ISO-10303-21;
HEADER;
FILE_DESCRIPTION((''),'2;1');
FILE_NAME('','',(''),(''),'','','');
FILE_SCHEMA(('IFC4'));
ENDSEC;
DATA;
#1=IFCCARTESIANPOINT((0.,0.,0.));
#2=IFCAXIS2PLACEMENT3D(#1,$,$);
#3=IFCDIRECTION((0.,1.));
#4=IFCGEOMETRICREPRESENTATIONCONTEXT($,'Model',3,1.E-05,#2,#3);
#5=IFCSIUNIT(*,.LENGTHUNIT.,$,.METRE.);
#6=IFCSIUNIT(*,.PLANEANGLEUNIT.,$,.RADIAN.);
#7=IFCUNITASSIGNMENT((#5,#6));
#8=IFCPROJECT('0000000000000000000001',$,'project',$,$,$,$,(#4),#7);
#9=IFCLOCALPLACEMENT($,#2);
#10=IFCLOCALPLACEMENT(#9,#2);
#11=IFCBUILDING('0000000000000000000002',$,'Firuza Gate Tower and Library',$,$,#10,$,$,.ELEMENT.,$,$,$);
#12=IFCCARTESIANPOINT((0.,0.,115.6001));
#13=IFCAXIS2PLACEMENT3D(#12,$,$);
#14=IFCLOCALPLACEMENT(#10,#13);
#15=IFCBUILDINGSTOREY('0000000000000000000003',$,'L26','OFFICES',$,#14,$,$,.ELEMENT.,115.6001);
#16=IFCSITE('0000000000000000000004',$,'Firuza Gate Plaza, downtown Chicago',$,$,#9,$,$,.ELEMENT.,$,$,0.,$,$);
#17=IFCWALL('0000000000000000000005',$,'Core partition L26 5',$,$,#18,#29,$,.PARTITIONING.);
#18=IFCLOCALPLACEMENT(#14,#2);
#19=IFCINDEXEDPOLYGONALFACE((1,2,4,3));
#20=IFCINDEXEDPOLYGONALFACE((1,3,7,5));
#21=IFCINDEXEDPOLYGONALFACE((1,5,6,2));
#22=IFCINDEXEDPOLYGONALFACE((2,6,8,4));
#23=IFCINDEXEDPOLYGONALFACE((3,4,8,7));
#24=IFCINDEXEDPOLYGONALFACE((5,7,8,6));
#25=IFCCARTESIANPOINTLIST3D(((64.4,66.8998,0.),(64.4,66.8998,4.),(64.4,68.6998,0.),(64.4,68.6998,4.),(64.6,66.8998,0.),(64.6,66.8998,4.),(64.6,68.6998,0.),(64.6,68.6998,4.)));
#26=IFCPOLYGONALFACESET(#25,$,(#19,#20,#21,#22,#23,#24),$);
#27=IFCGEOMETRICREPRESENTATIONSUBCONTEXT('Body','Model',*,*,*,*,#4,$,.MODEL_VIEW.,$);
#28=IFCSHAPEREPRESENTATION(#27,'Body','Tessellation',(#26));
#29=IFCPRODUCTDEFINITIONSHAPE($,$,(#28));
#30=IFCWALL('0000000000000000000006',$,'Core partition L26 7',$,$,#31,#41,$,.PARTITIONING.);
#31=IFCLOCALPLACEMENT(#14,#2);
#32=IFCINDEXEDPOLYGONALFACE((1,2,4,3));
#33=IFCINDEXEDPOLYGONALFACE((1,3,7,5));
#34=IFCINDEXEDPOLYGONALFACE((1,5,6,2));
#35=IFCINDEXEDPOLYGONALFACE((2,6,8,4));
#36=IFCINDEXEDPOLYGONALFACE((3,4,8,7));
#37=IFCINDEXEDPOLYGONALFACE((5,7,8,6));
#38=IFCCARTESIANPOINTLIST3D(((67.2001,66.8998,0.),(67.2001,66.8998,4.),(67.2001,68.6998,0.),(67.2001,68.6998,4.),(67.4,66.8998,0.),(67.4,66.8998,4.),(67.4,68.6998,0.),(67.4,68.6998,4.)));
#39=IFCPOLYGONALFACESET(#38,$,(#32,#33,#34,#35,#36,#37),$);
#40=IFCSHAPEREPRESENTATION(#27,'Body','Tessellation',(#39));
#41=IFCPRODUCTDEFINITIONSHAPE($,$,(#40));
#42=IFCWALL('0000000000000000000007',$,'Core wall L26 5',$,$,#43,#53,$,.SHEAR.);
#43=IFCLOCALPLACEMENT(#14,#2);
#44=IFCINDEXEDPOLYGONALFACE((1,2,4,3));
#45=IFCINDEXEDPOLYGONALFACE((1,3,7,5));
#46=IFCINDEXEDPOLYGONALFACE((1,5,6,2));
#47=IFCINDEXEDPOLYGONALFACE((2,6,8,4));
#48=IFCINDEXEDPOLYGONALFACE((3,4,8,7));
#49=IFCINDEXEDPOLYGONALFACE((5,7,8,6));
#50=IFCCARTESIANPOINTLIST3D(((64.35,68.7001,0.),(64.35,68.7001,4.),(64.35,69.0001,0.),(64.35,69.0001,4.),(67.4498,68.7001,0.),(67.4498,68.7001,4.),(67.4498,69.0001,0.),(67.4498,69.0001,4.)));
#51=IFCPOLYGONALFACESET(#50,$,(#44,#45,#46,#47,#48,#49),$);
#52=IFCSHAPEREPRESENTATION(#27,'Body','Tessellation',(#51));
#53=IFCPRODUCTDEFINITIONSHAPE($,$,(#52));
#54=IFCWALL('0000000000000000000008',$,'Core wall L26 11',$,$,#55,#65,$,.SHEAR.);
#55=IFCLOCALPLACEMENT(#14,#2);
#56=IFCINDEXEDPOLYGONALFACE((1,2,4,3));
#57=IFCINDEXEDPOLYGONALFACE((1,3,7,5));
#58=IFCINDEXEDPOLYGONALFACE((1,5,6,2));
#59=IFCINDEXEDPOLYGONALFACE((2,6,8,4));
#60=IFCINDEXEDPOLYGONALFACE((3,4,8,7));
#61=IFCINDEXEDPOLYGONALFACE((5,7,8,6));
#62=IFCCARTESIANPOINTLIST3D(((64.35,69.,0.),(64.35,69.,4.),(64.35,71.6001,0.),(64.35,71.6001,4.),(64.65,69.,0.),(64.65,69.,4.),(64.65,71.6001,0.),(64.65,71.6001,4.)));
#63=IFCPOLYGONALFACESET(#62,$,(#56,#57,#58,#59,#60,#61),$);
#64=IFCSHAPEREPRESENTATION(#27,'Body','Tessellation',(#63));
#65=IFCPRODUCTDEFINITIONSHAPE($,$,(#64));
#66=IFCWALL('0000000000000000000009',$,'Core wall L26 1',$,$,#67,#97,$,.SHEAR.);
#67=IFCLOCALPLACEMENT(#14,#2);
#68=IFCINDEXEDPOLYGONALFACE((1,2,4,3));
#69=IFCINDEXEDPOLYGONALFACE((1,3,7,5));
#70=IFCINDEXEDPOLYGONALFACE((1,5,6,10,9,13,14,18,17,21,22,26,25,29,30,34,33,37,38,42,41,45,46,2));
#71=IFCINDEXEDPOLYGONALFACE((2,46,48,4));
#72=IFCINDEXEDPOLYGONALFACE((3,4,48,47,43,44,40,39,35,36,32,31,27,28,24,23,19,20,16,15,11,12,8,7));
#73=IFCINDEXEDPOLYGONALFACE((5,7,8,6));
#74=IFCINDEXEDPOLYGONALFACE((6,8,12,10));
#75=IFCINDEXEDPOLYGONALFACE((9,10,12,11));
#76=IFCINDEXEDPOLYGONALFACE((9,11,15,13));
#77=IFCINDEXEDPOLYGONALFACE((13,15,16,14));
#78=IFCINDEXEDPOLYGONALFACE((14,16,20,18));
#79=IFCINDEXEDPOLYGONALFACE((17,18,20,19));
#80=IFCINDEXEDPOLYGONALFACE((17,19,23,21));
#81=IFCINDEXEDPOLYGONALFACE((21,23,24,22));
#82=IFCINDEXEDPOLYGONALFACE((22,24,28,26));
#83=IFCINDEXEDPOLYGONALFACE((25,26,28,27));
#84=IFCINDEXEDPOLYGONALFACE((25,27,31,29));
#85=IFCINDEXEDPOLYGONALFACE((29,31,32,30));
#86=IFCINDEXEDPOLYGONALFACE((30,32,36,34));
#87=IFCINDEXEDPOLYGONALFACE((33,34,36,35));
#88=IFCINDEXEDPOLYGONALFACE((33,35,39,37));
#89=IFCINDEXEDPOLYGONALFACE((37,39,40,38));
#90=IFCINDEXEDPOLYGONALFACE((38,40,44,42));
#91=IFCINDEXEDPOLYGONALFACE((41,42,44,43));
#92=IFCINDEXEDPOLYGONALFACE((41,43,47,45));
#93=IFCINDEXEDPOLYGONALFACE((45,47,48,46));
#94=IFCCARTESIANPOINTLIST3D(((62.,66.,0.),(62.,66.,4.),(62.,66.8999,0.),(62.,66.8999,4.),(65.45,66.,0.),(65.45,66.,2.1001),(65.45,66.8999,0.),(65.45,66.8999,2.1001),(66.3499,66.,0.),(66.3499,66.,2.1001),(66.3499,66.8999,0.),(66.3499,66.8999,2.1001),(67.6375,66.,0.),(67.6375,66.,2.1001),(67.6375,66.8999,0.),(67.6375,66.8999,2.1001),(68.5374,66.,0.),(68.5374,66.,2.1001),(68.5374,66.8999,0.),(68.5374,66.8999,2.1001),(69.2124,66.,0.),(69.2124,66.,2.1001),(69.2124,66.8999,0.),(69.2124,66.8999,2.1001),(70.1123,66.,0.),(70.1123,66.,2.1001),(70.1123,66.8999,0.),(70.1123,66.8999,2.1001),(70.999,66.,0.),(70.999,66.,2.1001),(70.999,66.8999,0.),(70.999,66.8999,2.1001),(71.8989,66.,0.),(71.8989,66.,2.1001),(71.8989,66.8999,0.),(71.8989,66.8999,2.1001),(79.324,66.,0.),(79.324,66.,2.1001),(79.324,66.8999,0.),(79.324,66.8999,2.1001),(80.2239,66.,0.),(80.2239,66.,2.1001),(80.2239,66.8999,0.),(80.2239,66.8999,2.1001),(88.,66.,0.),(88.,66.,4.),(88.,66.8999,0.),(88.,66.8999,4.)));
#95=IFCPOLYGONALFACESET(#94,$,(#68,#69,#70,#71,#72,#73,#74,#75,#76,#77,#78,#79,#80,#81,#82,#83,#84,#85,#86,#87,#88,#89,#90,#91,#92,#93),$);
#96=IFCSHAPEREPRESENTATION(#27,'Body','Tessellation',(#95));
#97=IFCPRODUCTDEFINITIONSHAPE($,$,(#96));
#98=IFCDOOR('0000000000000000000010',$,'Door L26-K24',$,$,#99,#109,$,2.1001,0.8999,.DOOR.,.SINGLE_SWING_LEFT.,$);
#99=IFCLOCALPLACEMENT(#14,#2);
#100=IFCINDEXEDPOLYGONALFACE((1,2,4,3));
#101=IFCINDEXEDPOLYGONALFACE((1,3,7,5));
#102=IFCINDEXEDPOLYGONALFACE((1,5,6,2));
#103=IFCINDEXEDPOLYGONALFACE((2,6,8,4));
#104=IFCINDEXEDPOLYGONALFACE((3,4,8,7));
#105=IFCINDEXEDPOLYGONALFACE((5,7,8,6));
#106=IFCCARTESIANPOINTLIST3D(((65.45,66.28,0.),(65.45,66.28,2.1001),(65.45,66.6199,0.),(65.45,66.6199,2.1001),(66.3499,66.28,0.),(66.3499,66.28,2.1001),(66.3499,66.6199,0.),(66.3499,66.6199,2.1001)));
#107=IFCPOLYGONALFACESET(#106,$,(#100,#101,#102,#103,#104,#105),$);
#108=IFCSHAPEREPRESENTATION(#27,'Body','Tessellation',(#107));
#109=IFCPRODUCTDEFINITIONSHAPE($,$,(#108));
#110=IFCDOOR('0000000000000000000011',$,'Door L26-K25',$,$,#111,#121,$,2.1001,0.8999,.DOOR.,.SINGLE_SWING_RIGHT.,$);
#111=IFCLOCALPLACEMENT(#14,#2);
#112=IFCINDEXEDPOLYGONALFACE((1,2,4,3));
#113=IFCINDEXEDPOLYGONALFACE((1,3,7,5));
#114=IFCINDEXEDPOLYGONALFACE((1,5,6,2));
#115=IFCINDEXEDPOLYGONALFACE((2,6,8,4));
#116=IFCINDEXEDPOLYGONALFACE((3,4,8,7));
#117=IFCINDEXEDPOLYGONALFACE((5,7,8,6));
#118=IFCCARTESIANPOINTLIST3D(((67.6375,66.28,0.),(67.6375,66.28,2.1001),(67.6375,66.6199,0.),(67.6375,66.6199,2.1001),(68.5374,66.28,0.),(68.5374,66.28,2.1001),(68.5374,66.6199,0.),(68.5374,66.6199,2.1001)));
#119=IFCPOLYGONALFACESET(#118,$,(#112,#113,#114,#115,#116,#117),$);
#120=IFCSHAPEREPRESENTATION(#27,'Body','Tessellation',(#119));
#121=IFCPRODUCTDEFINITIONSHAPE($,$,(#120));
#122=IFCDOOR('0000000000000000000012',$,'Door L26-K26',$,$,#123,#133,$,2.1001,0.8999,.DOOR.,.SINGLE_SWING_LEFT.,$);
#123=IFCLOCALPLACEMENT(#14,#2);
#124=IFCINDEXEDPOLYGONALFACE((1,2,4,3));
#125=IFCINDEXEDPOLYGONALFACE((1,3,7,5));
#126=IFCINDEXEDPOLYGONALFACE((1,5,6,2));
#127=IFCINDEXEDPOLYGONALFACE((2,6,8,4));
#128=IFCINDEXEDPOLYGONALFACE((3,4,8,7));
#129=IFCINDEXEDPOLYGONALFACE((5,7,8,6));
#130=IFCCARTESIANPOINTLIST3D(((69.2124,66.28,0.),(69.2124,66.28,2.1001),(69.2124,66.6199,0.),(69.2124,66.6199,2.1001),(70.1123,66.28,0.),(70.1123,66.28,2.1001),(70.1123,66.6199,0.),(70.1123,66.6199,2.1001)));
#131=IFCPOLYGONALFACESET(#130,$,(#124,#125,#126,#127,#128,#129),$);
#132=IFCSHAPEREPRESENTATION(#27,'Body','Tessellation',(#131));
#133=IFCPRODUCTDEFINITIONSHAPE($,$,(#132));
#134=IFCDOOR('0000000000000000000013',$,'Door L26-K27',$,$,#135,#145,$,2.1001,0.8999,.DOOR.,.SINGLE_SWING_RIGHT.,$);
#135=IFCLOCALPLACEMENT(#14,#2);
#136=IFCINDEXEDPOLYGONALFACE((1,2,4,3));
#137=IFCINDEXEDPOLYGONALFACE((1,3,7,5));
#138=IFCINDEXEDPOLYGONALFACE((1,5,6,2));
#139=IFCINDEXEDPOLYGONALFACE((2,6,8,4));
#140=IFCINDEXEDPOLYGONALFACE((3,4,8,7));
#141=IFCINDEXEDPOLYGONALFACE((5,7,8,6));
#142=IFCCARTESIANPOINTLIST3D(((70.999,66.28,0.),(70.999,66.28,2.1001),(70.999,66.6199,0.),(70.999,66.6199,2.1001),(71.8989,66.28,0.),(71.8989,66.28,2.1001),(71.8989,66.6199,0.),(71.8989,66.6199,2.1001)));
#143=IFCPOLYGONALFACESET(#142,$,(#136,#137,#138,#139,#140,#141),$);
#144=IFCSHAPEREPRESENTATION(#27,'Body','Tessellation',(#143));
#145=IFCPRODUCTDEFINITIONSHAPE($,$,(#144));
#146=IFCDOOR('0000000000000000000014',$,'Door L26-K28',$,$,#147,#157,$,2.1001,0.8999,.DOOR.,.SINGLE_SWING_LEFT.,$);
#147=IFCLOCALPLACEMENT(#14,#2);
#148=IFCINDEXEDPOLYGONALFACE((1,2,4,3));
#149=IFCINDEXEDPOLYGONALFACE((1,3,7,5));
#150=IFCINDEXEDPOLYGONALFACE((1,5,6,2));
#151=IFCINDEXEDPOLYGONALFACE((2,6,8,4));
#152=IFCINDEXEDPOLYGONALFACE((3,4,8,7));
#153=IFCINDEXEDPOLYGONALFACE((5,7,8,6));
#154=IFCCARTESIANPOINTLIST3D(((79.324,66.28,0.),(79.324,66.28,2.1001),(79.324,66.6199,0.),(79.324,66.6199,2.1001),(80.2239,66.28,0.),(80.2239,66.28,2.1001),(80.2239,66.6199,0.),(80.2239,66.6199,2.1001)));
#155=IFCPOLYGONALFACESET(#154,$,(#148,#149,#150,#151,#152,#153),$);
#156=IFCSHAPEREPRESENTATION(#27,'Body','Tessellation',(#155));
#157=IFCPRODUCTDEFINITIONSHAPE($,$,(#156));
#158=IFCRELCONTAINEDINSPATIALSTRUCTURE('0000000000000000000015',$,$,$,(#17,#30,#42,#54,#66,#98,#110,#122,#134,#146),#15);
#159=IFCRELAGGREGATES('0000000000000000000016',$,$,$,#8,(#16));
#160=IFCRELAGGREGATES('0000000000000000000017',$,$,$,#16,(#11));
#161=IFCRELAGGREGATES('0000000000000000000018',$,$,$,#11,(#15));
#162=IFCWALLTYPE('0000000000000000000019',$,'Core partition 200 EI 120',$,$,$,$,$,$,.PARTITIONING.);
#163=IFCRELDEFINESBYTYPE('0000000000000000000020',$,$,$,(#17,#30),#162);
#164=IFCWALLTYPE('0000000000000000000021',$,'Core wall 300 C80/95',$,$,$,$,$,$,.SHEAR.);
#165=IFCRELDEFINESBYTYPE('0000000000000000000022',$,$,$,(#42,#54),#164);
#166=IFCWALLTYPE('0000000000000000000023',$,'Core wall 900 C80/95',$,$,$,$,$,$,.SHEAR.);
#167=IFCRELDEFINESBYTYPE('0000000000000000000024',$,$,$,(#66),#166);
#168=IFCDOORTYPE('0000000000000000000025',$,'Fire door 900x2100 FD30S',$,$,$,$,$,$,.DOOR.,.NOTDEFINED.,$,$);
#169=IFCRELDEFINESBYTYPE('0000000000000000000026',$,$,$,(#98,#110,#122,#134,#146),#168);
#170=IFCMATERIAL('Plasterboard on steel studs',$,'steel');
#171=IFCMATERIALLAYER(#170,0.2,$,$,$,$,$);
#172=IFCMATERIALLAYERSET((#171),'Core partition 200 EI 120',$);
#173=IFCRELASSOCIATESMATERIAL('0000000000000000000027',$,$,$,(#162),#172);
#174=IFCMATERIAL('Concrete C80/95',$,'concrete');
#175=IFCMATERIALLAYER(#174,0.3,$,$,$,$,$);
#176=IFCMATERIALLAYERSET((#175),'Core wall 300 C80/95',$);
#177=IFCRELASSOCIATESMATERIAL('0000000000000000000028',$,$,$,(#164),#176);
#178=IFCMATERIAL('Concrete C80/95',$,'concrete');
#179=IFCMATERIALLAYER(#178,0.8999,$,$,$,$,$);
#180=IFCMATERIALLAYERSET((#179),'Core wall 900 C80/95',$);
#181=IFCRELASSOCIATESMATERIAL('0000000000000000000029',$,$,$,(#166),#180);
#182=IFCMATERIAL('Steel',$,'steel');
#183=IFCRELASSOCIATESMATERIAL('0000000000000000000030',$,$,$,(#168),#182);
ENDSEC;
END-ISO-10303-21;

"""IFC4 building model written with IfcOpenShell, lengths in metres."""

from ifc_helpers import new_model, si_unit, direction, frame, frame_2d, origin, place, context, subcontext, project, spatial, rectangle, extrude, material, layer, layer_set, type_object, element, fill, save


model = new_model("IFC4")

# Units and contexts
model_context = context("Model", 3, precision=1e-05, world=origin(), true_north=direction((0.0, 1.0)))
body_context = subcontext(model_context, "Body", "Model", "MODEL_VIEW")
ifc_project = project(units=[si_unit("LENGTHUNIT", "METRE"), si_unit("PLANEANGLEUNIT", "RADIAN")], contexts=[model_context])

# Site, building, storey
site_placement = place(None, origin())
site = spatial("IfcSite", under=ifc_project, at=site_placement, Name="Firuza Gate Plaza, downtown Chicago", CompositionType="ELEMENT", RefElevation=0.0)
building_placement = place(site_placement, origin())
building = spatial("IfcBuilding", under=site, at=building_placement, Name="Firuza Gate Tower and Library", CompositionType="ELEMENT")
storey_placement = place(building_placement, frame((0.0, 0.0, 115.6001)))
storey = spatial("IfcBuildingStorey", under=building, at=storey_placement, Name="L26", Description="OFFICES", CompositionType="ELEMENT", Elevation=115.6001)

# Walls
ifc_material_1 = material(Name="Plasterboard on steel studs", Category="steel")
ifc_layer_1 = layer(ifc_material_1, 0.2)
ifc_layer_set_1 = layer_set([ifc_layer_1], Name="Core partition 200 EI 120")
wall_type_1 = type_object("IfcWallType", Name="Core partition 200 EI 120", PredefinedType="PARTITIONING", material=ifc_layer_set_1)
for number, where, z_axis, x_axis, name in (
    (1, (64.5, 66.8999, 0.0), (0.0, 0.0, 1.0), (0.0, 1.0, 0.0), "Core partition L26 5"),
    (2, (67.3, 66.8999, 0.0), (0.0, 0.0, 1.0), (0.0, 1.0, 0.0), "Core partition L26 7"),
):
    element("IfcWall", number, at=place(storey_placement, frame(where, z_axis=z_axis, x_axis=x_axis)), inside=storey, type_object=wall_type_1, Name=name, PredefinedType="PARTITIONING", context=body_context, shape_type="SweptSolid", body=[
        extrude(rectangle(XDim=1.8, YDim=0.2, at=frame_2d((0.8999, 0.0))), origin(), (0.0, 0.0, 1.0), 4.0),
    ])
ifc_material_2 = material(Name="Concrete C80/95", Category="concrete")
ifc_layer_2 = layer(ifc_material_2, 0.3)
ifc_layer_set_2 = layer_set([ifc_layer_2], Name="Core wall 300 C80/95")
wall_type_2 = type_object("IfcWallType", Name="Core wall 300 C80/95", PredefinedType="SHEAR", material=ifc_layer_set_2)
wall_1_placement = place(storey_placement, frame((64.3501, 68.8501, 0.0), z_axis=(0.0, 0.0, 1.0), x_axis=(1.0, 0.0, 0.0)))
element("IfcWall", 3, at=wall_1_placement, inside=storey, type_object=wall_type_2, Name="Core wall L26 5", PredefinedType="SHEAR", context=body_context, shape_type="SweptSolid", body=[
    extrude(rectangle(XDim=3.0999, YDim=0.3, at=frame_2d((1.5498, 0.0))), origin(), (0.0, 0.0, 1.0), 4.0),
])
wall_2_placement = place(storey_placement, frame((64.5, 69.0, 0.0), z_axis=(0.0, 0.0, 1.0), x_axis=(0.0, 1.0, 0.0)))
element("IfcWall", 4, at=wall_2_placement, inside=storey, type_object=wall_type_2, Name="Core wall L26 11", PredefinedType="SHEAR", context=body_context, shape_type="SweptSolid", body=[
    extrude(rectangle(XDim=2.6001, YDim=0.3, at=frame_2d((1.3, 0.0))), origin(), (0.0, 0.0, 1.0), 4.0),
])

# Wall, openings, doors
ifc_material_3 = material(Name="Concrete C80/95", Category="concrete")
ifc_layer_3 = layer(ifc_material_3, 0.8999)
ifc_layer_set_3 = layer_set([ifc_layer_3], Name="Core wall 900 C80/95")
wall_type_3 = type_object("IfcWallType", Name="Core wall 900 C80/95", PredefinedType="SHEAR", material=ifc_layer_set_3)
wall_3_placement = place(storey_placement, frame((62.0, 66.45, 0.0), z_axis=(0.0, 0.0, 1.0), x_axis=(1.0, 0.0, 0.0)))
wall_3 = element("IfcWall", 5, at=wall_3_placement, inside=storey, type_object=wall_type_3, Name="Core wall L26 1", PredefinedType="SHEAR", context=body_context, shape_type="SweptSolid", body=[
    extrude(rectangle(XDim=26.0, YDim=0.8999, at=frame_2d((13.0, 0.0))), origin(), (0.0, 0.0, 1.0), 4.0),
])
opening_1_placement = place(wall_3_placement, frame((3.45, 0.0, 0.0)))
opening_1 = element("IfcOpeningElement", 6, at=opening_1_placement, cuts=wall_3, PredefinedType="OPENING", context=body_context, shape_type="SweptSolid", body=[
    extrude(rectangle(XDim=0.8999, YDim=2.1001, at=frame_2d((0.45, 1.05))), frame((0.0, 0.46, 0.0), z_axis=(0.0, -1.0, 0.0), x_axis=(1.0, 0.0, 0.0)), (0.0, 0.0, 1.0), 0.9199),
])
opening_2_placement = place(wall_3_placement, frame((5.6375, 0.0, 0.0)))
opening_2 = element("IfcOpeningElement", 7, at=opening_2_placement, cuts=wall_3, PredefinedType="OPENING", context=body_context, shape_type="SweptSolid", body=[
    extrude(rectangle(XDim=0.8999, YDim=2.1001, at=frame_2d((0.45, 1.05))), frame((0.0, 0.46, 0.0), z_axis=(0.0, -1.0, 0.0), x_axis=(1.0, 0.0, 0.0)), (0.0, 0.0, 1.0), 0.9199),
])
opening_3_placement = place(wall_3_placement, frame((7.2124, 0.0, 0.0)))
opening_3 = element("IfcOpeningElement", 8, at=opening_3_placement, cuts=wall_3, PredefinedType="OPENING", context=body_context, shape_type="SweptSolid", body=[
    extrude(rectangle(XDim=0.8999, YDim=2.1001, at=frame_2d((0.45, 1.05))), frame((0.0, 0.46, 0.0), z_axis=(0.0, -1.0, 0.0), x_axis=(1.0, 0.0, 0.0)), (0.0, 0.0, 1.0), 0.9199),
])
opening_4_placement = place(wall_3_placement, frame((8.999, 0.0, 0.0)))
opening_4 = element("IfcOpeningElement", 9, at=opening_4_placement, cuts=wall_3, PredefinedType="OPENING", context=body_context, shape_type="SweptSolid", body=[
    extrude(rectangle(XDim=0.8999, YDim=2.1001, at=frame_2d((0.45, 1.05))), frame((0.0, 0.46, 0.0), z_axis=(0.0, -1.0, 0.0), x_axis=(1.0, 0.0, 0.0)), (0.0, 0.0, 1.0), 0.9199),
])
opening_5_placement = place(wall_3_placement, frame((17.324, 0.0, 0.0)))
opening_5 = element("IfcOpeningElement", 10, at=opening_5_placement, cuts=wall_3, PredefinedType="OPENING", context=body_context, shape_type="SweptSolid", body=[
    extrude(rectangle(XDim=0.8999, YDim=2.1001, at=frame_2d((0.45, 1.05))), frame((0.0, 0.46, 0.0), z_axis=(0.0, -1.0, 0.0), x_axis=(1.0, 0.0, 0.0)), (0.0, 0.0, 1.0), 0.9199),
])
ifc_material_4 = material(Name="Steel", Category="steel")
door_type_1 = type_object("IfcDoorType", Name="Fire door 900x2100 FD30S", OperationType="NOTDEFINED", PredefinedType="DOOR", material=ifc_material_4)
door_1_placement = place(opening_1_placement, origin())
door_1 = element("IfcDoor", 11, at=door_1_placement, inside=storey, type_object=door_type_1, Name="Door L26-K24", OperationType="SINGLE_SWING_LEFT", OverallHeight=2.1001, OverallWidth=0.8999, PredefinedType="DOOR", context=body_context, shape_type="SweptSolid", body=[
    extrude(rectangle(XDim=0.8999, YDim=2.1001, at=frame_2d((0.45, 1.05))), frame((0.0, 0.1699, 0.0), z_axis=(0.0, -1.0, 0.0), x_axis=(1.0, 0.0, 0.0)), (0.0, 0.0, 1.0), 0.3398),
])
fill(opening_1, door_1)
door_2_placement = place(opening_2_placement, origin())
door_2 = element("IfcDoor", 12, at=door_2_placement, inside=storey, type_object=door_type_1, Name="Door L26-K25", OperationType="SINGLE_SWING_RIGHT", OverallHeight=2.1001, OverallWidth=0.8999, PredefinedType="DOOR", context=body_context, shape_type="SweptSolid", body=[
    extrude(rectangle(XDim=0.8999, YDim=2.1001, at=frame_2d((0.45, 1.05))), frame((0.0, 0.1699, 0.0), z_axis=(0.0, -1.0, 0.0), x_axis=(1.0, 0.0, 0.0)), (0.0, 0.0, 1.0), 0.3398),
])
fill(opening_2, door_2)
door_3_placement = place(opening_3_placement, origin())
door_3 = element("IfcDoor", 13, at=door_3_placement, inside=storey, type_object=door_type_1, Name="Door L26-K26", OperationType="SINGLE_SWING_LEFT", OverallHeight=2.1001, OverallWidth=0.8999, PredefinedType="DOOR", context=body_context, shape_type="SweptSolid", body=[
    extrude(rectangle(XDim=0.8999, YDim=2.1001, at=frame_2d((0.45, 1.05))), frame((0.0, 0.1699, 0.0), z_axis=(0.0, -1.0, 0.0), x_axis=(1.0, 0.0, 0.0)), (0.0, 0.0, 1.0), 0.3398),
])
fill(opening_3, door_3)
door_4_placement = place(opening_4_placement, origin())
door_4 = element("IfcDoor", 14, at=door_4_placement, inside=storey, type_object=door_type_1, Name="Door L26-K27", OperationType="SINGLE_SWING_RIGHT", OverallHeight=2.1001, OverallWidth=0.8999, PredefinedType="DOOR", context=body_context, shape_type="SweptSolid", body=[
    extrude(rectangle(XDim=0.8999, YDim=2.1001, at=frame_2d((0.45, 1.05))), frame((0.0, 0.1699, 0.0), z_axis=(0.0, -1.0, 0.0), x_axis=(1.0, 0.0, 0.0)), (0.0, 0.0, 1.0), 0.3398),
])
fill(opening_4, door_4)
door_5_placement = place(opening_5_placement, origin())
door_5 = element("IfcDoor", 15, at=door_5_placement, inside=storey, type_object=door_type_1, Name="Door L26-K28", OperationType="SINGLE_SWING_LEFT", OverallHeight=2.1001, OverallWidth=0.8999, PredefinedType="DOOR", context=body_context, shape_type="SweptSolid", body=[
    extrude(rectangle(XDim=0.8999, YDim=2.1001, at=frame_2d((0.45, 1.05))), frame((0.0, 0.1699, 0.0), z_axis=(0.0, -1.0, 0.0), x_axis=(1.0, 0.0, 0.0)), (0.0, 0.0, 1.0), 0.3398),
])
fill(opening_5, door_5)

save(model, "model.ifc")
